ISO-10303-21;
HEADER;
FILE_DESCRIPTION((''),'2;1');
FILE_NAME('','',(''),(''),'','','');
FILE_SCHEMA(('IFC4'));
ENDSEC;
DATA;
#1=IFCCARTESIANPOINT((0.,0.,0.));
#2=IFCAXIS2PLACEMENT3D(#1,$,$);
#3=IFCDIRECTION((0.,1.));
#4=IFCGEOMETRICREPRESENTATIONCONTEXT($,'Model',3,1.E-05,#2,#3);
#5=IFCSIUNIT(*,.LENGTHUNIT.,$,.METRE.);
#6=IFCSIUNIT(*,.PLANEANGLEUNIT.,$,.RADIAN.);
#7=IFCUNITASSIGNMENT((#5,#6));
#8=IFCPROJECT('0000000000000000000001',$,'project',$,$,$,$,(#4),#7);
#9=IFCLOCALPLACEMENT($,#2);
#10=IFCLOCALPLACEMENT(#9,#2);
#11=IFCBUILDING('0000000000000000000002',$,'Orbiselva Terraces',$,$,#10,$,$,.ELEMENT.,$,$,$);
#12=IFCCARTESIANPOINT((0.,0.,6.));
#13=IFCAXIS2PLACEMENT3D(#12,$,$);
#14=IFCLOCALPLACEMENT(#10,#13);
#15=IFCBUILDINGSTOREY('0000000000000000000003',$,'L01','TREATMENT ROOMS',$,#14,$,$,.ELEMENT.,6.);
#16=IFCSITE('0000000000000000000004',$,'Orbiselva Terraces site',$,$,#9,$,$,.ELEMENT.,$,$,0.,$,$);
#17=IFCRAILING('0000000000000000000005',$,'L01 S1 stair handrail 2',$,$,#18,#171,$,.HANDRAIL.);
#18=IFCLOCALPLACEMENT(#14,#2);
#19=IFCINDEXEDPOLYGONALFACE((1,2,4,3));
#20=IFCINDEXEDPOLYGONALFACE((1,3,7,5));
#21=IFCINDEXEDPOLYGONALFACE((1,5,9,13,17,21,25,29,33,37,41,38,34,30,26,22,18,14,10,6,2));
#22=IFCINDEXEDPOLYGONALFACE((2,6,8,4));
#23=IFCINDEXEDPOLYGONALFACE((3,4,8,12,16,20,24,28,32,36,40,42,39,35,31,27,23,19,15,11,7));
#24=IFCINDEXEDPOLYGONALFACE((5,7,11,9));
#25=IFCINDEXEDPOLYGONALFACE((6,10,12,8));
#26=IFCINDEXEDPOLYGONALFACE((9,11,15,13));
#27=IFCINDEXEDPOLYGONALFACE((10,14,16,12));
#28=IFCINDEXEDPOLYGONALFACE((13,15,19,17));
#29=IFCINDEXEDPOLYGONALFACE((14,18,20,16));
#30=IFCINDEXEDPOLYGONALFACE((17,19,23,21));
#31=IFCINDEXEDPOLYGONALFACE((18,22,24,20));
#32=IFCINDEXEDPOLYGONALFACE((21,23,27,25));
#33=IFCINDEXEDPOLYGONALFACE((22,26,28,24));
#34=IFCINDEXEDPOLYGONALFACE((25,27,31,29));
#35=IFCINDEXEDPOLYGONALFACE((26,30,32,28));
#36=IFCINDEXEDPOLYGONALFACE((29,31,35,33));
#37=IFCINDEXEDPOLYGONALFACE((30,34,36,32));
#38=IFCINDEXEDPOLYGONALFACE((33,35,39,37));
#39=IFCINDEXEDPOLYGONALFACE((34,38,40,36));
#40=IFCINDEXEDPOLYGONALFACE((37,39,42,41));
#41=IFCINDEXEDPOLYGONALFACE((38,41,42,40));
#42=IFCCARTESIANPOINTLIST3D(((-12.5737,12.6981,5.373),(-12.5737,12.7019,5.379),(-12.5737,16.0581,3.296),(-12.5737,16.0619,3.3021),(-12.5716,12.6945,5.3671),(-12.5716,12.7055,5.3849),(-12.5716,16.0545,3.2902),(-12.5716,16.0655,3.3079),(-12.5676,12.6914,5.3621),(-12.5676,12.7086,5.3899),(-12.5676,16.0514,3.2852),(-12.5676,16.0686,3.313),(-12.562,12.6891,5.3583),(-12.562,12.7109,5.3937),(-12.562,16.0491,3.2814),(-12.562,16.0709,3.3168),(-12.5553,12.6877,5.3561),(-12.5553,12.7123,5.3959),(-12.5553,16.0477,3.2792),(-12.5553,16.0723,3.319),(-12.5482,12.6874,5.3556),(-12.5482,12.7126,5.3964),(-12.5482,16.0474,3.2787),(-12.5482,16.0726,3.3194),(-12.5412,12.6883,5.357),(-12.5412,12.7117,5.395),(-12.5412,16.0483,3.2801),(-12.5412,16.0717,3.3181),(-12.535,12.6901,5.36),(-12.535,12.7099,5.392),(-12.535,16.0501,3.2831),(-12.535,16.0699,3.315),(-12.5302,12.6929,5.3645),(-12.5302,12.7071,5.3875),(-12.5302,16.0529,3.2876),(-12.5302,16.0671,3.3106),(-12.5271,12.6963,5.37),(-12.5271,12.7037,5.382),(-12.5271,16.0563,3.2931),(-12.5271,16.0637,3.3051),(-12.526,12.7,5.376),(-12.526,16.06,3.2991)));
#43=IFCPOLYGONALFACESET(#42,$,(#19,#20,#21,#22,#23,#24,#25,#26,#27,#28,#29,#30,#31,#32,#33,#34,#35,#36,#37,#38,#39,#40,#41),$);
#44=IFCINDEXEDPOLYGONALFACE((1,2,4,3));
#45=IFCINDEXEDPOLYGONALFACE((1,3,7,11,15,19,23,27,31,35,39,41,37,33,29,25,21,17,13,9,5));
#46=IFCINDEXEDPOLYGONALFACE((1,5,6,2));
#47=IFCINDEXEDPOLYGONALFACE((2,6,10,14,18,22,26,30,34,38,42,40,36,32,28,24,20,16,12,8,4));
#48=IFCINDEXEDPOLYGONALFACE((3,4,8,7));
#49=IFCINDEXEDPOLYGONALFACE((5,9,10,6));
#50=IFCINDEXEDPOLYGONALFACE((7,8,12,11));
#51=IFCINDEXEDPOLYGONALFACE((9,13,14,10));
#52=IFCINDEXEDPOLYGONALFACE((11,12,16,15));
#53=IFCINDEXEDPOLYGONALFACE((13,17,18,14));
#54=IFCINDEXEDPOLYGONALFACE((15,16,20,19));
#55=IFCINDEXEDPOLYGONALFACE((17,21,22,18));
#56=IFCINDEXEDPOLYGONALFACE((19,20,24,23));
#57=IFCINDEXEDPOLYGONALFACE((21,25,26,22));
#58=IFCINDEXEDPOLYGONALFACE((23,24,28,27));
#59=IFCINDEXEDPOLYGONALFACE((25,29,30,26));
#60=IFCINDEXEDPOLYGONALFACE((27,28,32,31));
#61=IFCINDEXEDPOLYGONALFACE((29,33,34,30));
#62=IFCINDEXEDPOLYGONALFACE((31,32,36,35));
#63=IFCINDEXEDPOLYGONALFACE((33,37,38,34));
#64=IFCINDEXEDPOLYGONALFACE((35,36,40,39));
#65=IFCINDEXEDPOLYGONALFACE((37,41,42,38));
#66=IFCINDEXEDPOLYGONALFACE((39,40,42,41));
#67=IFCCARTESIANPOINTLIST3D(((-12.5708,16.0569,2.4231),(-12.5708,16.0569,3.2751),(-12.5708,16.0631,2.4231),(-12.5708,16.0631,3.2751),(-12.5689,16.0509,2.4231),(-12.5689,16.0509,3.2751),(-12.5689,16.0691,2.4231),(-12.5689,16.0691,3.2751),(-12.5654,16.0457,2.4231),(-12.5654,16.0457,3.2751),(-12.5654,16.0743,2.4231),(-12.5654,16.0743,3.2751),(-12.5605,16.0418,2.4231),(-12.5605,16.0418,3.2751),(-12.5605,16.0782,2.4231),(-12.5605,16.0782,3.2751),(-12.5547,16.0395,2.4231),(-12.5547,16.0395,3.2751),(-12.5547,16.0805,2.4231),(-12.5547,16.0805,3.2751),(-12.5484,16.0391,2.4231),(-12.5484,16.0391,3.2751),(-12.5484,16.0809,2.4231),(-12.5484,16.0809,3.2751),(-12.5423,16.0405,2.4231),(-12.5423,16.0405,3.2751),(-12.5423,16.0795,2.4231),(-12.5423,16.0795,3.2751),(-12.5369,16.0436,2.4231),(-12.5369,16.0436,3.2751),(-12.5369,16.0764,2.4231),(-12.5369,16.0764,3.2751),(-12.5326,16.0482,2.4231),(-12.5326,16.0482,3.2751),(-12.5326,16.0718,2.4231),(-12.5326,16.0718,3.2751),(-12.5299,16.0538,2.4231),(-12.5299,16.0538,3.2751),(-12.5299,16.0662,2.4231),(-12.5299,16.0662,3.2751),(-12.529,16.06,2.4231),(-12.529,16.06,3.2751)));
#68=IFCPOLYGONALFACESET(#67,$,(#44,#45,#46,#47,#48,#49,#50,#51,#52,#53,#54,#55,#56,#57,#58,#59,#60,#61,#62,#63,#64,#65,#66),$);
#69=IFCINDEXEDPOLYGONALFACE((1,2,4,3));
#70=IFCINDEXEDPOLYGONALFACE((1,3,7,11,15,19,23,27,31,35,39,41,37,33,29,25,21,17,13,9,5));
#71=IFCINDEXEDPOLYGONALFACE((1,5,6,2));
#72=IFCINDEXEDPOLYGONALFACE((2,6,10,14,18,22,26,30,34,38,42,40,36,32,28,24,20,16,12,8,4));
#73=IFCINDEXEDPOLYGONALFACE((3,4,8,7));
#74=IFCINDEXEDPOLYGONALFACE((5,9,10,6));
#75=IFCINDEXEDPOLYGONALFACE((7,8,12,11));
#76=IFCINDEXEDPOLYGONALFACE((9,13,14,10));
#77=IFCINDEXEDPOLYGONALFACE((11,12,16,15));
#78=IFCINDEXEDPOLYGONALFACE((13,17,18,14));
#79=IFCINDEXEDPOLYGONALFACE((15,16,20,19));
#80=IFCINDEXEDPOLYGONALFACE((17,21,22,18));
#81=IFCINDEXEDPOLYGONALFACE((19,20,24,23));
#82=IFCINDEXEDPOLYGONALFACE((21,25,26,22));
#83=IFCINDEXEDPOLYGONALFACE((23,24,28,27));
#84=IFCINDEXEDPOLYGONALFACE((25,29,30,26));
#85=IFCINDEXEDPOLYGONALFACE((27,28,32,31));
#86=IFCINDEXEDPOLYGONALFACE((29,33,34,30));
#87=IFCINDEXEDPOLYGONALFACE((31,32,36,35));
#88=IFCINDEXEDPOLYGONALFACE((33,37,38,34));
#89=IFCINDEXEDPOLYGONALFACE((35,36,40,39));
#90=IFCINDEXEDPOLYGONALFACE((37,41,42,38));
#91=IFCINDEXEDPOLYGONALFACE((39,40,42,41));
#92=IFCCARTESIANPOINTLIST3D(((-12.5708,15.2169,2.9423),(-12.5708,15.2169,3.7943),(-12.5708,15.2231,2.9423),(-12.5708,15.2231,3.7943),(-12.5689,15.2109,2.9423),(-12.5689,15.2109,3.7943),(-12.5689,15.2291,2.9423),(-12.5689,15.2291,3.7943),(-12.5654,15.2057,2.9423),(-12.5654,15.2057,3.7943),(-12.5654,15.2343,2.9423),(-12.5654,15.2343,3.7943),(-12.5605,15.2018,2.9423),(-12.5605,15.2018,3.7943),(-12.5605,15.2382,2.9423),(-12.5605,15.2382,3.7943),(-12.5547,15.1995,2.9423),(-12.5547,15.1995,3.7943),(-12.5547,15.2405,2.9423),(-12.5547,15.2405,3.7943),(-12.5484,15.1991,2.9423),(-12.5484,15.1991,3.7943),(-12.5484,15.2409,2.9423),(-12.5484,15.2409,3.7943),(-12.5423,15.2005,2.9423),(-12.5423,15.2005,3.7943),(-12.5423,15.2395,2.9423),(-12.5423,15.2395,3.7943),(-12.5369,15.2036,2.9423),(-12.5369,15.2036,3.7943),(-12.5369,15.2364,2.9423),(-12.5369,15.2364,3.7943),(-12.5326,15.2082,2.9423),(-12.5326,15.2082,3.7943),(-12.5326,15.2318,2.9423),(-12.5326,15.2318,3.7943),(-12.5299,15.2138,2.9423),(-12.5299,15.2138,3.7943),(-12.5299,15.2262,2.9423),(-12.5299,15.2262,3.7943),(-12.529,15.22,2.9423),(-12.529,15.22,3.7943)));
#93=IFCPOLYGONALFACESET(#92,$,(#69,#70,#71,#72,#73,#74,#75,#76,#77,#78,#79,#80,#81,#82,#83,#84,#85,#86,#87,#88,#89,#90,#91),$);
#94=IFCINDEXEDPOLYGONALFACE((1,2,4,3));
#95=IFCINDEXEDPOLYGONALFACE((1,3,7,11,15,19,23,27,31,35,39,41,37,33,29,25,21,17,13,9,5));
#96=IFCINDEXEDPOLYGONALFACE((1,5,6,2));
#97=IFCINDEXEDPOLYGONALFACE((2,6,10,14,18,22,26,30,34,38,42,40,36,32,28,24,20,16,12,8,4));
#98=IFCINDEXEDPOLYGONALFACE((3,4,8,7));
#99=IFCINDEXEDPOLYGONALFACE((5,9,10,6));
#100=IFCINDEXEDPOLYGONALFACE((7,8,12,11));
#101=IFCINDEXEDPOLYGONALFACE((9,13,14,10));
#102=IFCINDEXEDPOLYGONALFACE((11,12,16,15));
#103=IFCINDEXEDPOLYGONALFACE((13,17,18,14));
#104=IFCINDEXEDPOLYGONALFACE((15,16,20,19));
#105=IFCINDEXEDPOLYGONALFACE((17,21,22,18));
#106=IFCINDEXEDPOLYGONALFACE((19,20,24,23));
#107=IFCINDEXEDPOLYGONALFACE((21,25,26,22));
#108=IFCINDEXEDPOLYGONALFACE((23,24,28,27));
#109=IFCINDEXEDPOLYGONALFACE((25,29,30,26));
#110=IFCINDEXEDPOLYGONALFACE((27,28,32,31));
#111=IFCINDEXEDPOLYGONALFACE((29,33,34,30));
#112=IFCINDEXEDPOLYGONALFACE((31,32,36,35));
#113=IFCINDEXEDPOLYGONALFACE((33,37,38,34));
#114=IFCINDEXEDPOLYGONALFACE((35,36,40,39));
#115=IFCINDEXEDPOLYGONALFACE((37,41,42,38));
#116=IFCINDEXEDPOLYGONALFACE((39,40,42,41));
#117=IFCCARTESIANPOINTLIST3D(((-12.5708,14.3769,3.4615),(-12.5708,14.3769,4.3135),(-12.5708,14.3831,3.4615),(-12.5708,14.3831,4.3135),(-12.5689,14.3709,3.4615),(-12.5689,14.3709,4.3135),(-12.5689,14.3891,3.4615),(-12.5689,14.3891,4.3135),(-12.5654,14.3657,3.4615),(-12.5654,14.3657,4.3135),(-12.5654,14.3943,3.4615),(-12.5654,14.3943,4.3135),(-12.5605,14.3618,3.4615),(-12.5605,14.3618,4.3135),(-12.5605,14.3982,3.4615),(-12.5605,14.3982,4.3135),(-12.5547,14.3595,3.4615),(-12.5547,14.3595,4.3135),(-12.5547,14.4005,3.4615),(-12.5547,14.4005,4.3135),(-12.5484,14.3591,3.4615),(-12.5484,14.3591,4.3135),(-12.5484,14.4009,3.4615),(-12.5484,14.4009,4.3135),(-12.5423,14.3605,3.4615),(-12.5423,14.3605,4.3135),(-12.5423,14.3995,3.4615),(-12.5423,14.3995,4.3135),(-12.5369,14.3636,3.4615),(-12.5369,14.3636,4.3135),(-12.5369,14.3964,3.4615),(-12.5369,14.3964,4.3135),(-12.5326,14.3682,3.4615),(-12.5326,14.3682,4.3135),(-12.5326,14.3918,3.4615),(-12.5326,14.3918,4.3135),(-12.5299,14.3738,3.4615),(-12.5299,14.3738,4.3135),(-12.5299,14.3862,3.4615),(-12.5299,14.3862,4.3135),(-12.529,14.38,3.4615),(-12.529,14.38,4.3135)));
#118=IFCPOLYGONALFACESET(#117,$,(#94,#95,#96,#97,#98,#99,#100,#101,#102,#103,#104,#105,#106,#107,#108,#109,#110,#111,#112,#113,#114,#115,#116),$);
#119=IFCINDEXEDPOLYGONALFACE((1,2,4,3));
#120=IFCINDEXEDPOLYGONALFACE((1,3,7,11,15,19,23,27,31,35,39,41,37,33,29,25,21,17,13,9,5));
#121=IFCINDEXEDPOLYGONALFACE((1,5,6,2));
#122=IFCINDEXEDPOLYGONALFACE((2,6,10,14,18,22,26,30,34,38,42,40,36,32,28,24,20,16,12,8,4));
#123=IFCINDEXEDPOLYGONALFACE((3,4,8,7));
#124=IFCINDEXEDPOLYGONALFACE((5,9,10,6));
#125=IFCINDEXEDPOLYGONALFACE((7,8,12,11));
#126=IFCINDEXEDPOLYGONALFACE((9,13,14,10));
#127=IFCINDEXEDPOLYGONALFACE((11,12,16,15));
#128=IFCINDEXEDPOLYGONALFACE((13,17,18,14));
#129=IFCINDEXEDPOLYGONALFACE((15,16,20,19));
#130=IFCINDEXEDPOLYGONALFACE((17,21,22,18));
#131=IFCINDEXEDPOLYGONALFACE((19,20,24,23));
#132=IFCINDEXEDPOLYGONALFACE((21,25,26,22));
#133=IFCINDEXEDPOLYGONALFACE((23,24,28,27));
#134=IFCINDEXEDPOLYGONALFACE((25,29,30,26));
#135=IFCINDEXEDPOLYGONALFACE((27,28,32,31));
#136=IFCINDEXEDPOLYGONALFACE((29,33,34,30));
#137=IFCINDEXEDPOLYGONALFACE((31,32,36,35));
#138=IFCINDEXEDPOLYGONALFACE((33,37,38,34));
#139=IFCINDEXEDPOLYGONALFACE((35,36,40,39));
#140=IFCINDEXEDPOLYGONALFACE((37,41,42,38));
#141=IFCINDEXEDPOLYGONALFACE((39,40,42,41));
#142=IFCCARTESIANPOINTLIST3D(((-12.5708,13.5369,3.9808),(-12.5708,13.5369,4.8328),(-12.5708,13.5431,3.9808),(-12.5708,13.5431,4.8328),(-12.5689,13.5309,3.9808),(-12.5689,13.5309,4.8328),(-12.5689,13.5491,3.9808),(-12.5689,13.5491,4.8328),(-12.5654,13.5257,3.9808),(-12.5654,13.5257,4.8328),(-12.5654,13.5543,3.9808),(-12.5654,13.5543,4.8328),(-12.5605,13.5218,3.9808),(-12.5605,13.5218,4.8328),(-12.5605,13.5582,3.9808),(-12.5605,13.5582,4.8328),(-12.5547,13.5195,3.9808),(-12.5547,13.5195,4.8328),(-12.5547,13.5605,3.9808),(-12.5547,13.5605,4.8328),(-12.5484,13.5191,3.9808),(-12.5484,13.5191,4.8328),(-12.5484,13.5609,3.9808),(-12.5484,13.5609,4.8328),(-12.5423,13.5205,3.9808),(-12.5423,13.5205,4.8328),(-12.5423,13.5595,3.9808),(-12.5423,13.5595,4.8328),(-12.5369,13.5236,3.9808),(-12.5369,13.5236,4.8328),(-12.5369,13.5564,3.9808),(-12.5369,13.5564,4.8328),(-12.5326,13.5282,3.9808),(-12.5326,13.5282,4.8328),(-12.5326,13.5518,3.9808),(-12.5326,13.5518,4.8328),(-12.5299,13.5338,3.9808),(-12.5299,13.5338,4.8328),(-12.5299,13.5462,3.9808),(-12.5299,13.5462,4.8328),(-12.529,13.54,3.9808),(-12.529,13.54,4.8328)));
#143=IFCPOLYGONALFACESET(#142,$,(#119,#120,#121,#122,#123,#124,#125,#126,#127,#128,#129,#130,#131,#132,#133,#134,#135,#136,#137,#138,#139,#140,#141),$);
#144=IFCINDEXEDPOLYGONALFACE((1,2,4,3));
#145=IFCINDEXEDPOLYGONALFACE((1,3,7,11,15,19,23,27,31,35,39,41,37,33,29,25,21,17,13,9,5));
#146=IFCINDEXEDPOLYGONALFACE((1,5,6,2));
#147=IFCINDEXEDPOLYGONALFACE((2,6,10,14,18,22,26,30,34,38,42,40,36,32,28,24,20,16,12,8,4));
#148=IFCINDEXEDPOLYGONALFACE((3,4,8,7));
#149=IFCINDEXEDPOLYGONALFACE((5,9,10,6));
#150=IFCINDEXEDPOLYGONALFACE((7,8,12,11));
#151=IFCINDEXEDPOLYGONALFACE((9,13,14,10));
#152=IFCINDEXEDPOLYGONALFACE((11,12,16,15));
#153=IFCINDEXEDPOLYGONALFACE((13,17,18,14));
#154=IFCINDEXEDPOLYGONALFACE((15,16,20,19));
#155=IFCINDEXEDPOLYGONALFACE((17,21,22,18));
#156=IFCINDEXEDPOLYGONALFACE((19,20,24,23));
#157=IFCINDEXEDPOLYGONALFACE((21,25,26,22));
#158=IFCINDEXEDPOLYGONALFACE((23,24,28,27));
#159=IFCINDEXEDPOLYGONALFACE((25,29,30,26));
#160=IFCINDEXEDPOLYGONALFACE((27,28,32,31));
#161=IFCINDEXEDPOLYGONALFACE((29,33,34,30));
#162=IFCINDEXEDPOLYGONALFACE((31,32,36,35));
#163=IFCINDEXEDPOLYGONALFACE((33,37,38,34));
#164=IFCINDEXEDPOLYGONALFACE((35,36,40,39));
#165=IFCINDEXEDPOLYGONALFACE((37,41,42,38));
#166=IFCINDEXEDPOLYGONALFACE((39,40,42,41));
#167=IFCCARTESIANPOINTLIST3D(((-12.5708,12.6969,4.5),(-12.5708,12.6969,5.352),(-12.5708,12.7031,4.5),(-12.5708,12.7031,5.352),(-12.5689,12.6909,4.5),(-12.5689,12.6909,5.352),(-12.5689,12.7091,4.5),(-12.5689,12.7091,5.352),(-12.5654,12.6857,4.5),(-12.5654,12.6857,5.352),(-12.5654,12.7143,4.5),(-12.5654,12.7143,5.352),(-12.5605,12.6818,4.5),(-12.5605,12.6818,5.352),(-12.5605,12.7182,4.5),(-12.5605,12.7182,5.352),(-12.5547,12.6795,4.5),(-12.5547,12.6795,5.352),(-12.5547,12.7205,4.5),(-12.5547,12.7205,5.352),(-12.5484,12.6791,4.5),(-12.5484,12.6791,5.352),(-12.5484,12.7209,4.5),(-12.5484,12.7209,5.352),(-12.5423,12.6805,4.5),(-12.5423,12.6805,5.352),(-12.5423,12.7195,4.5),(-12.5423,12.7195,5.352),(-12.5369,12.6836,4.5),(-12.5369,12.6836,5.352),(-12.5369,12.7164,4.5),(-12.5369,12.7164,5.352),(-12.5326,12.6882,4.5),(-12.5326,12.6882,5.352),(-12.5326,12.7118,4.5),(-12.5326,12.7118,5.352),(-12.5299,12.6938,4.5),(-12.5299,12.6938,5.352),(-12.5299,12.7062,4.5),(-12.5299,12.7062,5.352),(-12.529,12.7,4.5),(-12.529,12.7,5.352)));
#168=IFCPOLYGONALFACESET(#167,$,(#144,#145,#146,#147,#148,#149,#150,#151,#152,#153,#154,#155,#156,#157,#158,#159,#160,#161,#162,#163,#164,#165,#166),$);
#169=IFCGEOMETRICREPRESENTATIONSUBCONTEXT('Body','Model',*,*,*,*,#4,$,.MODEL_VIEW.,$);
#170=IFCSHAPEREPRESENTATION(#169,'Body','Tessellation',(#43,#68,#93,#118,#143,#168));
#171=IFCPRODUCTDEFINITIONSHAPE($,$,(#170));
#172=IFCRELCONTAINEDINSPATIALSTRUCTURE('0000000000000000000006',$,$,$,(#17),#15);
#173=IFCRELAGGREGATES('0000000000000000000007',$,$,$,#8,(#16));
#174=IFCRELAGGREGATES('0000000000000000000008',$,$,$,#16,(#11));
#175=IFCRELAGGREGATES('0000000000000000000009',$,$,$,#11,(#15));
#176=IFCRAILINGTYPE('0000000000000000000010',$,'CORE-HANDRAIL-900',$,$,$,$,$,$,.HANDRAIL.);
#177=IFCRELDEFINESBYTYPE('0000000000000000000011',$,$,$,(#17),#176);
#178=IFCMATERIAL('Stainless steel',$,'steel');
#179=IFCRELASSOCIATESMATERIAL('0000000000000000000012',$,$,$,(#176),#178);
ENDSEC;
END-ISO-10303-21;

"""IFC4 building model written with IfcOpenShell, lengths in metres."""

from ifc_helpers import new_model, si_unit, direction, frame, origin, origin_2d, place, context, subcontext, project, spatial, circle, extrude, material, type_object, element, save


model = new_model("IFC4")

# Units and contexts
model_context = context("Model", 3, precision=1e-05, world=origin(), true_north=direction((0.0, 1.0)))
body_context = subcontext(model_context, "Body", "Model", "MODEL_VIEW")
ifc_project = project(units=[si_unit("LENGTHUNIT", "METRE"), si_unit("PLANEANGLEUNIT", "RADIAN")], contexts=[model_context])

# Site, building, storey
site_placement = place(None, origin())
site = spatial("IfcSite", under=ifc_project, at=site_placement, Name="Orbiselva Terraces site", CompositionType="ELEMENT", RefElevation=0.0)
building_placement = place(site_placement, origin())
building = spatial("IfcBuilding", under=site, at=building_placement, Name="Orbiselva Terraces", CompositionType="ELEMENT")
storey_placement = place(building_placement, frame((0.0, 0.0, 6.0)))
storey = spatial("IfcBuildingStorey", under=building, at=storey_placement, Name="L01", Description="TREATMENT ROOMS", CompositionType="ELEMENT", Elevation=6.0)

# Railing
ifc_material_1 = material(Name="Stainless steel", Category="steel")
railing_type_1 = type_object("IfcRailingType", Name="CORE-HANDRAIL-900", PredefinedType="HANDRAIL", material=ifc_material_1)
railing_1_placement = place(storey_placement, frame((-12.55, 16.06, 2.4231)))
element("IfcRailing", 1, at=railing_1_placement, inside=storey, type_object=railing_type_1, Name="L01 S1 stair handrail 2", PredefinedType="HANDRAIL", context=body_context, shape_type="SweptSolid", body=[
    extrude(circle(Radius=0.024, at=origin_2d()), frame((0.0, 0.0, 0.876), z_axis=(0.0, -0.850614, 0.525791), x_axis=(1.0, 0.0, 0.0)), (0.0, 0.0, 1.0), 3.9501),
    extrude(circle(Radius=0.021, at=origin_2d()), origin(), (0.0, 0.0, 1.0), 0.852),
    extrude(circle(Radius=0.021, at=origin_2d()), frame((0.0, -0.84, 0.5192)), (0.0, 0.0, 1.0), 0.852),
    extrude(circle(Radius=0.021, at=origin_2d()), frame((0.0, -1.68, 1.0385)), (0.0, 0.0, 1.0), 0.852),
    extrude(circle(Radius=0.021, at=origin_2d()), frame((0.0, -2.52, 1.5577)), (0.0, 0.0, 1.0), 0.852),
    extrude(circle(Radius=0.021, at=origin_2d()), frame((0.0, -3.36, 2.0769)), (0.0, 0.0, 1.0), 0.852),
])

save(model, "model.ifc")
